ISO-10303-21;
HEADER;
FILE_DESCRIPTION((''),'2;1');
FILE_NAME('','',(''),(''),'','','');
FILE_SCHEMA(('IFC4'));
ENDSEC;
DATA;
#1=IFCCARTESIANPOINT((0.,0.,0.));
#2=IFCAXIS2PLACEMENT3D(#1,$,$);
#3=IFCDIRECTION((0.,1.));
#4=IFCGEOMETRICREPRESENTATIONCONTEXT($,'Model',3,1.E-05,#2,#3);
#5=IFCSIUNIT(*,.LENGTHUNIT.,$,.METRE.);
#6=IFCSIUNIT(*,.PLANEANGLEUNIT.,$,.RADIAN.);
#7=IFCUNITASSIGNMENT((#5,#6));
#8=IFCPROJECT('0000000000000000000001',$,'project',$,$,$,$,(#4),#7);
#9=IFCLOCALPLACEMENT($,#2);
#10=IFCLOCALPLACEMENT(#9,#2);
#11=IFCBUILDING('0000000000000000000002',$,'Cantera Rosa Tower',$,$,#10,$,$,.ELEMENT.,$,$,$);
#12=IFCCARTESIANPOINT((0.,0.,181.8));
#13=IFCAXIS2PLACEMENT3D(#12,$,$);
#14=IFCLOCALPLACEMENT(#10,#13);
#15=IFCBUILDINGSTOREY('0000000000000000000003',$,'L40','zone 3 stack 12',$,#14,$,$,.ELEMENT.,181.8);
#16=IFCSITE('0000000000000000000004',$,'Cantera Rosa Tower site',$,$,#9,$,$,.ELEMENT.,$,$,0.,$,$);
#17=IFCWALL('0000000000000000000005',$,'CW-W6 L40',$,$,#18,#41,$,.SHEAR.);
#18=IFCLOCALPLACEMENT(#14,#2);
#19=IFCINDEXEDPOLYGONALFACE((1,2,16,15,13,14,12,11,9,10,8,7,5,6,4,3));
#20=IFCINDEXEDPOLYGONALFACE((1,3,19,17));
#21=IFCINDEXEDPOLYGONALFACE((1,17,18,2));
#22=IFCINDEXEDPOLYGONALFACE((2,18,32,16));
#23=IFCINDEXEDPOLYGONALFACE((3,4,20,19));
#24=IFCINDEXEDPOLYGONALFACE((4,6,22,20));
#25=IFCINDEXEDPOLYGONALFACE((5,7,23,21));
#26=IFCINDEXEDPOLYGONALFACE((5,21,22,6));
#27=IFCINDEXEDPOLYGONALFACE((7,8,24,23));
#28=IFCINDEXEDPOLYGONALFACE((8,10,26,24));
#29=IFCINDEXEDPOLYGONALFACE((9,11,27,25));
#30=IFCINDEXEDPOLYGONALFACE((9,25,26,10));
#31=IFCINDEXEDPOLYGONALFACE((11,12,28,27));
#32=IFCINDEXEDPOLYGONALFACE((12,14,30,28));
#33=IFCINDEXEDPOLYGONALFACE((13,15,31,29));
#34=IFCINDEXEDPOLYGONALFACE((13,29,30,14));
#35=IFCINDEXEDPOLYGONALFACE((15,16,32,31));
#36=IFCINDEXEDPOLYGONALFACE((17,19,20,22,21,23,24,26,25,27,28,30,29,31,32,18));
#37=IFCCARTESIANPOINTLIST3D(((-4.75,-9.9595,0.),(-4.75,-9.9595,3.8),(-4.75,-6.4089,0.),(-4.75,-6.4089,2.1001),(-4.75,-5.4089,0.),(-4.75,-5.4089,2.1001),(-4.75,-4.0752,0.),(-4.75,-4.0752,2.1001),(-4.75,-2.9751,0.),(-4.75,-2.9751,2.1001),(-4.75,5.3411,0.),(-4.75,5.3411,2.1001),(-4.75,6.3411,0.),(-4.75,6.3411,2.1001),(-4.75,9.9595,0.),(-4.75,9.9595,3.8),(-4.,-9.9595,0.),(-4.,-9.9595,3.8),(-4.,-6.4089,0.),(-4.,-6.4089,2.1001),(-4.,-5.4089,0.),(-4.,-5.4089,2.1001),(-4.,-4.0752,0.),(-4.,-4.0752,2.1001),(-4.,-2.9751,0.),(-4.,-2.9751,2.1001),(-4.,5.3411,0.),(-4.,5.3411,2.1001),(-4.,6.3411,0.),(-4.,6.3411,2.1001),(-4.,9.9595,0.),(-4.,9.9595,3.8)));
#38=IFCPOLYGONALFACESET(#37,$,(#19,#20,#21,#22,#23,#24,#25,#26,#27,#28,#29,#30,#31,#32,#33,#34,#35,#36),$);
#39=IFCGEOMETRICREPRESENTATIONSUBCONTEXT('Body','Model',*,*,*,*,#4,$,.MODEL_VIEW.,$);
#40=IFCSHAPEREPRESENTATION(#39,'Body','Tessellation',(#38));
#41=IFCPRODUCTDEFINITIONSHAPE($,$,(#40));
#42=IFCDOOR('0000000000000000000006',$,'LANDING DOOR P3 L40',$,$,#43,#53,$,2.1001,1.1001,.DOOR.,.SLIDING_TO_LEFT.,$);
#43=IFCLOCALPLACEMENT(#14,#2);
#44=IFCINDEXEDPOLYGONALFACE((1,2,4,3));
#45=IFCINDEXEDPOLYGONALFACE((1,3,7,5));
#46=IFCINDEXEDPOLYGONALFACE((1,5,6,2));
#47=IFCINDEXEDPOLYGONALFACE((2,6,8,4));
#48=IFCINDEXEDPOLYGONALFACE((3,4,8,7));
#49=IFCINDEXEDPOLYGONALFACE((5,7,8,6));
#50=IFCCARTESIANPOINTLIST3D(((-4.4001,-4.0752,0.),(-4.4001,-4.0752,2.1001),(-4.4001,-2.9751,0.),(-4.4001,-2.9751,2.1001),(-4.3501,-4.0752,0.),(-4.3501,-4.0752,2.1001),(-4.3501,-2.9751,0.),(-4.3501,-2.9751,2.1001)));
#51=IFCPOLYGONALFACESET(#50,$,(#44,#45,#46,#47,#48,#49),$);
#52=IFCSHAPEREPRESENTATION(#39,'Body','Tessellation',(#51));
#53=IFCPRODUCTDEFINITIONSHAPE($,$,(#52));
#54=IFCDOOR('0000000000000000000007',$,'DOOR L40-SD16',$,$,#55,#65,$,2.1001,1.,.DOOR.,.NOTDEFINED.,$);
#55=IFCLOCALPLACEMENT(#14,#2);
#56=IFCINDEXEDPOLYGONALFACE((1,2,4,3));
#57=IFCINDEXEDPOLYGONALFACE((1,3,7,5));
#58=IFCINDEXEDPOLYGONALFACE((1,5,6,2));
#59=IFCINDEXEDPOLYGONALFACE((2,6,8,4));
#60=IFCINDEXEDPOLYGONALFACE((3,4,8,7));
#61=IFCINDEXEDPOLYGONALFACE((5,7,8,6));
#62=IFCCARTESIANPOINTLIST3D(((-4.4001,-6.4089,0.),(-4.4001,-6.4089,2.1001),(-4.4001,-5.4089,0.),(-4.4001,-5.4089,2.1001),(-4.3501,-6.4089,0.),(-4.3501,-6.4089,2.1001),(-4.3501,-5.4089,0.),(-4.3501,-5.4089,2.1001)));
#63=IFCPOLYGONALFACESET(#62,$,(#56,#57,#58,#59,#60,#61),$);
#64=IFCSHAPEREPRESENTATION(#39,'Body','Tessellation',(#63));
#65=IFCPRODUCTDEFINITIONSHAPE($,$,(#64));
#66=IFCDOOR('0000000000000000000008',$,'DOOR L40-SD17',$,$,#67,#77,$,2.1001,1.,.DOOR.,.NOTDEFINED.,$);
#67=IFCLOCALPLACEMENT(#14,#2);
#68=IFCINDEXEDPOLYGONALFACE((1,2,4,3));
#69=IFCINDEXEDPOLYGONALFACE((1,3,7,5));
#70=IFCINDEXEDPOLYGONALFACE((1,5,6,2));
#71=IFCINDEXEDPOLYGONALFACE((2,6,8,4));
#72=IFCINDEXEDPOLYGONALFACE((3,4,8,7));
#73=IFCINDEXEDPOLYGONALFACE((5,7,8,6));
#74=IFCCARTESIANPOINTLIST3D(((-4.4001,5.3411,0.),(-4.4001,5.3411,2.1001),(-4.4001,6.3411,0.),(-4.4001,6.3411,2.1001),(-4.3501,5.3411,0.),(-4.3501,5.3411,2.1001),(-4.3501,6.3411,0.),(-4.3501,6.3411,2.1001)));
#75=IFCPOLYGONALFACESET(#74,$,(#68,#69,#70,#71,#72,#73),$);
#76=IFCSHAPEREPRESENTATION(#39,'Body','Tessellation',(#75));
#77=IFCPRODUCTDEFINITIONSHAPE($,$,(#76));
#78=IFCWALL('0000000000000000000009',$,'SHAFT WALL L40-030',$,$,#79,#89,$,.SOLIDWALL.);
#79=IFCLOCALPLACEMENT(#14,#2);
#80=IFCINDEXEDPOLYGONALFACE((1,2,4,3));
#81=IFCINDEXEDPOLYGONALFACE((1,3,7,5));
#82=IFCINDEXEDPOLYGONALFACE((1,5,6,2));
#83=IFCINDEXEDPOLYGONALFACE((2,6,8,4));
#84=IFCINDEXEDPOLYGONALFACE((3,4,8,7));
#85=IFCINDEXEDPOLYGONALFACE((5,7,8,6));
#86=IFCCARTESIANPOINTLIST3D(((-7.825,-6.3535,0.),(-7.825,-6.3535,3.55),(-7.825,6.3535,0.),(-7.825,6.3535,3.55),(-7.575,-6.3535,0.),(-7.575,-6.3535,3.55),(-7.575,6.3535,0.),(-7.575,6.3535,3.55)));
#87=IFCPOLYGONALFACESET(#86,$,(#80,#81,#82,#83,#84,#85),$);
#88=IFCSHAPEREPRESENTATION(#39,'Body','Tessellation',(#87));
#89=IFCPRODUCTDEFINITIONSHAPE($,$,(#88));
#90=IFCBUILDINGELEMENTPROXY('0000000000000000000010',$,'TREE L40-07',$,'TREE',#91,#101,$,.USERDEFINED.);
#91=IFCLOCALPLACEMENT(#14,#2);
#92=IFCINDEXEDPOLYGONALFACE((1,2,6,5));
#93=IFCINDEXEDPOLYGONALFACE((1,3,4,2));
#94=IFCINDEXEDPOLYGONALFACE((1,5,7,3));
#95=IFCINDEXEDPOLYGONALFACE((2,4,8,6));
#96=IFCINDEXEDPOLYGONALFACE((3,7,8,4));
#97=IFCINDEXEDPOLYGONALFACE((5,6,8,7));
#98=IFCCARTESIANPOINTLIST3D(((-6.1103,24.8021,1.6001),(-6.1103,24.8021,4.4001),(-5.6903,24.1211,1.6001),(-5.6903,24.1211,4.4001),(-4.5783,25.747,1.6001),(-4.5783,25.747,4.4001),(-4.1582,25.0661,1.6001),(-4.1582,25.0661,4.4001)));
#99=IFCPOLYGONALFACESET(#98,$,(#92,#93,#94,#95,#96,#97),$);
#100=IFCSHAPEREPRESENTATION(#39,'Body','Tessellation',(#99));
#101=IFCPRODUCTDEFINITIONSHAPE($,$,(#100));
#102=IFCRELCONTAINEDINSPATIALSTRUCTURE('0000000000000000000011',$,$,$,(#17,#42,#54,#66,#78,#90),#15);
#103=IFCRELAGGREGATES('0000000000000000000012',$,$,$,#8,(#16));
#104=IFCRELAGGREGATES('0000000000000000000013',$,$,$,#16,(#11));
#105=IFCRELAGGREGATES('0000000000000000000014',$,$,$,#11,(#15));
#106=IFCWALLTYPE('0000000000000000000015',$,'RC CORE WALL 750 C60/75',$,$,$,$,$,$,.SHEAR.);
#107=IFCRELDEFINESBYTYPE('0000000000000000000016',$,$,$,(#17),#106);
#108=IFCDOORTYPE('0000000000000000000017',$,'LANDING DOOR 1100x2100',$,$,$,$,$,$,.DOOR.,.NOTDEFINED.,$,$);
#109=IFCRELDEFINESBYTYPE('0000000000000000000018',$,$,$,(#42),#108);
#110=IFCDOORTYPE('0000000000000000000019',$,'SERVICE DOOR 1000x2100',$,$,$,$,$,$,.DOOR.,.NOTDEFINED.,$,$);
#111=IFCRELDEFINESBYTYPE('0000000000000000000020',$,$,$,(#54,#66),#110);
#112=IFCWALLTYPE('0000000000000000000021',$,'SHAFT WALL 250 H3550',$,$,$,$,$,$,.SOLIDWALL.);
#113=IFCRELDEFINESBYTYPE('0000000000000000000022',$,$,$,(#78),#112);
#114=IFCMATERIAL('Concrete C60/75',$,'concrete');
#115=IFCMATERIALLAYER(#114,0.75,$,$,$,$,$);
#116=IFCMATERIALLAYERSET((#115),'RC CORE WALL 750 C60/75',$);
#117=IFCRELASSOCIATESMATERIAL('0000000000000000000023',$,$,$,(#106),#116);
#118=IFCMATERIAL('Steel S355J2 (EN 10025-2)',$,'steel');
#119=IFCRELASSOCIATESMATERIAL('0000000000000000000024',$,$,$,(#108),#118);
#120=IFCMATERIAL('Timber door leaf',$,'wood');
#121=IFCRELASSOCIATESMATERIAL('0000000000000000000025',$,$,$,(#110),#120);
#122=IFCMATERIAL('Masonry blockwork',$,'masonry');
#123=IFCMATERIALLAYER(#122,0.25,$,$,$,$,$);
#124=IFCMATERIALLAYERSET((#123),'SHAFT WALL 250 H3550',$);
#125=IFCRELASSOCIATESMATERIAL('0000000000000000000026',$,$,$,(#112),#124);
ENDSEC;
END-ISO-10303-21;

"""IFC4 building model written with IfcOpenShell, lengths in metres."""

from ifc_helpers import new_model, si_unit, direction, frame, frame_2d, origin, origin_2d, place, context, subcontext, project, spatial, rectangle, extrude, material, layer, layer_set, type_object, element, fill, save


model = new_model("IFC4")

# Units and contexts
model_context = context("Model", 3, precision=1e-05, world=origin(), true_north=direction((0.0, 1.0)))
body_context = subcontext(model_context, "Body", "Model", "MODEL_VIEW")
ifc_project = project(units=[si_unit("LENGTHUNIT", "METRE"), si_unit("PLANEANGLEUNIT", "RADIAN")], contexts=[model_context])

# Site, building, storey
site_placement = place(None, origin())
site = spatial("IfcSite", under=ifc_project, at=site_placement, Name="Cantera Rosa Tower site", CompositionType="ELEMENT", RefElevation=0.0)
building_placement = place(site_placement, origin())
building = spatial("IfcBuilding", under=site, at=building_placement, Name="Cantera Rosa Tower", CompositionType="ELEMENT")
storey_placement = place(building_placement, frame((0.0, 0.0, 181.8)))
storey = spatial("IfcBuildingStorey", under=building, at=storey_placement, Name="L40", Description="zone 3 stack 12", CompositionType="ELEMENT", Elevation=181.8)

# Shared definitions
ifc_material_1 = material(Name="Concrete C60/75", Category="concrete")
ifc_layer_1 = layer(ifc_material_1, 0.75)
ifc_layer_set_1 = layer_set([ifc_layer_1], Name="RC CORE WALL 750 C60/75")
wall_type_1 = type_object("IfcWallType", Name="RC CORE WALL 750 C60/75", PredefinedType="SHEAR", material=ifc_layer_set_1)

# Wall, openings, doors
wall_1_placement = place(storey_placement, frame((-4.375, 9.9595, 0.0), z_axis=(0.0, 0.0, 1.0), x_axis=(0.0, -1.0, 0.0)))
wall_1 = element("IfcWall", 1, at=wall_1_placement, inside=storey, type_object=wall_type_1, Name="CW-W6 L40", PredefinedType="SHEAR", context=body_context, shape_type="SweptSolid", body=[
    extrude(rectangle(XDim=19.9189, YDim=0.75, at=frame_2d((9.9595, 0.0))), origin(), (0.0, 0.0, 1.0), 3.8),
])
opening_1_placement = place(wall_1_placement, frame((12.9346, 0.0, 0.0)))
opening_1 = element("IfcOpeningElement", 2, at=opening_1_placement, cuts=wall_1, PredefinedType="OPENING", context=body_context, shape_type="SweptSolid", body=[
    extrude(rectangle(XDim=1.1001, YDim=2.1001, at=frame_2d((0.55, 1.05))), frame((0.0, 0.385, 0.0), z_axis=(0.0, -1.0, 0.0), x_axis=(1.0, 0.0, 0.0)), (0.0, 0.0, 1.0), 0.77),
])
opening_2_placement = place(wall_1_placement, frame((15.3684, 0.0, 0.0)))
opening_2 = element("IfcOpeningElement", 3, at=opening_2_placement, cuts=wall_1, PredefinedType="OPENING", context=body_context, shape_type="SweptSolid", body=[
    extrude(rectangle(XDim=1.0, YDim=2.1001, at=frame_2d((0.5, 1.05))), frame((0.0, 0.385, 0.0), z_axis=(0.0, -1.0, 0.0), x_axis=(1.0, 0.0, 0.0)), (0.0, 0.0, 1.0), 0.77),
])
opening_3_placement = place(wall_1_placement, frame((3.6184, 0.0, 0.0)))
opening_3 = element("IfcOpeningElement", 4, at=opening_3_placement, cuts=wall_1, PredefinedType="OPENING", context=body_context, shape_type="SweptSolid", body=[
    extrude(rectangle(XDim=1.0, YDim=2.1001, at=frame_2d((0.5, 1.05))), frame((0.0, 0.385, 0.0), z_axis=(0.0, -1.0, 0.0), x_axis=(1.0, 0.0, 0.0)), (0.0, 0.0, 1.0), 0.77),
])
ifc_material_2 = material(Name="Steel S355J2 (EN 10025-2)", Category="steel")
door_type_1 = type_object("IfcDoorType", Name="LANDING DOOR 1100x2100", OperationType="NOTDEFINED", PredefinedType="DOOR", material=ifc_material_2)
door_1_placement = place(opening_1_placement, origin())
door_1 = element("IfcDoor", 5, at=door_1_placement, inside=storey, type_object=door_type_1, Name="LANDING DOOR P3 L40", OperationType="SLIDING_TO_LEFT", OverallHeight=2.1001, OverallWidth=1.1001, PredefinedType="DOOR", context=body_context, shape_type="SweptSolid", body=[
    extrude(rectangle(XDim=1.1001, YDim=2.1001, at=frame_2d((0.55, 1.05))), frame((0.0, 0.0249, 0.0), z_axis=(0.0, -1.0, 0.0), x_axis=(1.0, 0.0, 0.0)), (0.0, 0.0, 1.0), 0.05),
])
fill(opening_1, door_1)
ifc_material_3 = material(Name="Timber door leaf", Category="wood")
door_type_2 = type_object("IfcDoorType", Name="SERVICE DOOR 1000x2100", OperationType="NOTDEFINED", PredefinedType="DOOR", material=ifc_material_3)
door_2_placement = place(opening_2_placement, origin())
door_2 = element("IfcDoor", 6, at=door_2_placement, inside=storey, type_object=door_type_2, Name="DOOR L40-SD16", OperationType="NOTDEFINED", OverallHeight=2.1001, OverallWidth=1.0, PredefinedType="DOOR", context=body_context, shape_type="SweptSolid", body=[
    extrude(rectangle(XDim=1.0, YDim=2.1001, at=frame_2d((0.5, 1.05))), frame((0.0, 0.0249, 0.0), z_axis=(0.0, -1.0, 0.0), x_axis=(1.0, 0.0, 0.0)), (0.0, 0.0, 1.0), 0.05),
])
fill(opening_2, door_2)
door_3_placement = place(opening_3_placement, origin())
door_3 = element("IfcDoor", 7, at=door_3_placement, inside=storey, type_object=door_type_2, Name="DOOR L40-SD17", OperationType="NOTDEFINED", OverallHeight=2.1001, OverallWidth=1.0, PredefinedType="DOOR", context=body_context, shape_type="SweptSolid", body=[
    extrude(rectangle(XDim=1.0, YDim=2.1001, at=frame_2d((0.5, 1.05))), frame((0.0, 0.0249, 0.0), z_axis=(0.0, -1.0, 0.0), x_axis=(1.0, 0.0, 0.0)), (0.0, 0.0, 1.0), 0.05),
])
fill(opening_3, door_3)

# Wall
ifc_material_4 = material(Name="Masonry blockwork", Category="masonry")
ifc_layer_2 = layer(ifc_material_4, 0.25)
ifc_layer_set_2 = layer_set([ifc_layer_2], Name="SHAFT WALL 250 H3550")
wall_type_2 = type_object("IfcWallType", Name="SHAFT WALL 250 H3550", PredefinedType="SOLIDWALL", material=ifc_layer_set_2)
wall_2_placement = place(storey_placement, frame((-7.7, 6.3535, 0.0), z_axis=(0.0, 0.0, 1.0), x_axis=(0.0, -1.0, 0.0)))
element("IfcWall", 8, at=wall_2_placement, inside=storey, type_object=wall_type_2, Name="SHAFT WALL L40-030", PredefinedType="SOLIDWALL", context=body_context, shape_type="SweptSolid", body=[
    extrude(rectangle(XDim=12.707, YDim=0.25, at=frame_2d((6.3535, 0.0))), origin(), (0.0, 0.0, 1.0), 3.55),
])

# Building element proxy
proxy_placement = place(storey_placement, frame((-5.1343, 24.9341, 1.6001), z_axis=(0.0, 0.0, 1.0), x_axis=(-0.851117, -0.524977, 0.0)))
element("IfcBuildingElementProxy", 9, at=proxy_placement, inside=storey, Name="TREE L40-07", ObjectType="TREE", PredefinedType="USERDEFINED", context=body_context, shape_type="SweptSolid", body=[
    extrude(rectangle(XDim=1.8, YDim=0.8, at=origin_2d()), origin(), (0.0, 0.0, 1.0), 2.8),
])

save(model, "model.ifc")
